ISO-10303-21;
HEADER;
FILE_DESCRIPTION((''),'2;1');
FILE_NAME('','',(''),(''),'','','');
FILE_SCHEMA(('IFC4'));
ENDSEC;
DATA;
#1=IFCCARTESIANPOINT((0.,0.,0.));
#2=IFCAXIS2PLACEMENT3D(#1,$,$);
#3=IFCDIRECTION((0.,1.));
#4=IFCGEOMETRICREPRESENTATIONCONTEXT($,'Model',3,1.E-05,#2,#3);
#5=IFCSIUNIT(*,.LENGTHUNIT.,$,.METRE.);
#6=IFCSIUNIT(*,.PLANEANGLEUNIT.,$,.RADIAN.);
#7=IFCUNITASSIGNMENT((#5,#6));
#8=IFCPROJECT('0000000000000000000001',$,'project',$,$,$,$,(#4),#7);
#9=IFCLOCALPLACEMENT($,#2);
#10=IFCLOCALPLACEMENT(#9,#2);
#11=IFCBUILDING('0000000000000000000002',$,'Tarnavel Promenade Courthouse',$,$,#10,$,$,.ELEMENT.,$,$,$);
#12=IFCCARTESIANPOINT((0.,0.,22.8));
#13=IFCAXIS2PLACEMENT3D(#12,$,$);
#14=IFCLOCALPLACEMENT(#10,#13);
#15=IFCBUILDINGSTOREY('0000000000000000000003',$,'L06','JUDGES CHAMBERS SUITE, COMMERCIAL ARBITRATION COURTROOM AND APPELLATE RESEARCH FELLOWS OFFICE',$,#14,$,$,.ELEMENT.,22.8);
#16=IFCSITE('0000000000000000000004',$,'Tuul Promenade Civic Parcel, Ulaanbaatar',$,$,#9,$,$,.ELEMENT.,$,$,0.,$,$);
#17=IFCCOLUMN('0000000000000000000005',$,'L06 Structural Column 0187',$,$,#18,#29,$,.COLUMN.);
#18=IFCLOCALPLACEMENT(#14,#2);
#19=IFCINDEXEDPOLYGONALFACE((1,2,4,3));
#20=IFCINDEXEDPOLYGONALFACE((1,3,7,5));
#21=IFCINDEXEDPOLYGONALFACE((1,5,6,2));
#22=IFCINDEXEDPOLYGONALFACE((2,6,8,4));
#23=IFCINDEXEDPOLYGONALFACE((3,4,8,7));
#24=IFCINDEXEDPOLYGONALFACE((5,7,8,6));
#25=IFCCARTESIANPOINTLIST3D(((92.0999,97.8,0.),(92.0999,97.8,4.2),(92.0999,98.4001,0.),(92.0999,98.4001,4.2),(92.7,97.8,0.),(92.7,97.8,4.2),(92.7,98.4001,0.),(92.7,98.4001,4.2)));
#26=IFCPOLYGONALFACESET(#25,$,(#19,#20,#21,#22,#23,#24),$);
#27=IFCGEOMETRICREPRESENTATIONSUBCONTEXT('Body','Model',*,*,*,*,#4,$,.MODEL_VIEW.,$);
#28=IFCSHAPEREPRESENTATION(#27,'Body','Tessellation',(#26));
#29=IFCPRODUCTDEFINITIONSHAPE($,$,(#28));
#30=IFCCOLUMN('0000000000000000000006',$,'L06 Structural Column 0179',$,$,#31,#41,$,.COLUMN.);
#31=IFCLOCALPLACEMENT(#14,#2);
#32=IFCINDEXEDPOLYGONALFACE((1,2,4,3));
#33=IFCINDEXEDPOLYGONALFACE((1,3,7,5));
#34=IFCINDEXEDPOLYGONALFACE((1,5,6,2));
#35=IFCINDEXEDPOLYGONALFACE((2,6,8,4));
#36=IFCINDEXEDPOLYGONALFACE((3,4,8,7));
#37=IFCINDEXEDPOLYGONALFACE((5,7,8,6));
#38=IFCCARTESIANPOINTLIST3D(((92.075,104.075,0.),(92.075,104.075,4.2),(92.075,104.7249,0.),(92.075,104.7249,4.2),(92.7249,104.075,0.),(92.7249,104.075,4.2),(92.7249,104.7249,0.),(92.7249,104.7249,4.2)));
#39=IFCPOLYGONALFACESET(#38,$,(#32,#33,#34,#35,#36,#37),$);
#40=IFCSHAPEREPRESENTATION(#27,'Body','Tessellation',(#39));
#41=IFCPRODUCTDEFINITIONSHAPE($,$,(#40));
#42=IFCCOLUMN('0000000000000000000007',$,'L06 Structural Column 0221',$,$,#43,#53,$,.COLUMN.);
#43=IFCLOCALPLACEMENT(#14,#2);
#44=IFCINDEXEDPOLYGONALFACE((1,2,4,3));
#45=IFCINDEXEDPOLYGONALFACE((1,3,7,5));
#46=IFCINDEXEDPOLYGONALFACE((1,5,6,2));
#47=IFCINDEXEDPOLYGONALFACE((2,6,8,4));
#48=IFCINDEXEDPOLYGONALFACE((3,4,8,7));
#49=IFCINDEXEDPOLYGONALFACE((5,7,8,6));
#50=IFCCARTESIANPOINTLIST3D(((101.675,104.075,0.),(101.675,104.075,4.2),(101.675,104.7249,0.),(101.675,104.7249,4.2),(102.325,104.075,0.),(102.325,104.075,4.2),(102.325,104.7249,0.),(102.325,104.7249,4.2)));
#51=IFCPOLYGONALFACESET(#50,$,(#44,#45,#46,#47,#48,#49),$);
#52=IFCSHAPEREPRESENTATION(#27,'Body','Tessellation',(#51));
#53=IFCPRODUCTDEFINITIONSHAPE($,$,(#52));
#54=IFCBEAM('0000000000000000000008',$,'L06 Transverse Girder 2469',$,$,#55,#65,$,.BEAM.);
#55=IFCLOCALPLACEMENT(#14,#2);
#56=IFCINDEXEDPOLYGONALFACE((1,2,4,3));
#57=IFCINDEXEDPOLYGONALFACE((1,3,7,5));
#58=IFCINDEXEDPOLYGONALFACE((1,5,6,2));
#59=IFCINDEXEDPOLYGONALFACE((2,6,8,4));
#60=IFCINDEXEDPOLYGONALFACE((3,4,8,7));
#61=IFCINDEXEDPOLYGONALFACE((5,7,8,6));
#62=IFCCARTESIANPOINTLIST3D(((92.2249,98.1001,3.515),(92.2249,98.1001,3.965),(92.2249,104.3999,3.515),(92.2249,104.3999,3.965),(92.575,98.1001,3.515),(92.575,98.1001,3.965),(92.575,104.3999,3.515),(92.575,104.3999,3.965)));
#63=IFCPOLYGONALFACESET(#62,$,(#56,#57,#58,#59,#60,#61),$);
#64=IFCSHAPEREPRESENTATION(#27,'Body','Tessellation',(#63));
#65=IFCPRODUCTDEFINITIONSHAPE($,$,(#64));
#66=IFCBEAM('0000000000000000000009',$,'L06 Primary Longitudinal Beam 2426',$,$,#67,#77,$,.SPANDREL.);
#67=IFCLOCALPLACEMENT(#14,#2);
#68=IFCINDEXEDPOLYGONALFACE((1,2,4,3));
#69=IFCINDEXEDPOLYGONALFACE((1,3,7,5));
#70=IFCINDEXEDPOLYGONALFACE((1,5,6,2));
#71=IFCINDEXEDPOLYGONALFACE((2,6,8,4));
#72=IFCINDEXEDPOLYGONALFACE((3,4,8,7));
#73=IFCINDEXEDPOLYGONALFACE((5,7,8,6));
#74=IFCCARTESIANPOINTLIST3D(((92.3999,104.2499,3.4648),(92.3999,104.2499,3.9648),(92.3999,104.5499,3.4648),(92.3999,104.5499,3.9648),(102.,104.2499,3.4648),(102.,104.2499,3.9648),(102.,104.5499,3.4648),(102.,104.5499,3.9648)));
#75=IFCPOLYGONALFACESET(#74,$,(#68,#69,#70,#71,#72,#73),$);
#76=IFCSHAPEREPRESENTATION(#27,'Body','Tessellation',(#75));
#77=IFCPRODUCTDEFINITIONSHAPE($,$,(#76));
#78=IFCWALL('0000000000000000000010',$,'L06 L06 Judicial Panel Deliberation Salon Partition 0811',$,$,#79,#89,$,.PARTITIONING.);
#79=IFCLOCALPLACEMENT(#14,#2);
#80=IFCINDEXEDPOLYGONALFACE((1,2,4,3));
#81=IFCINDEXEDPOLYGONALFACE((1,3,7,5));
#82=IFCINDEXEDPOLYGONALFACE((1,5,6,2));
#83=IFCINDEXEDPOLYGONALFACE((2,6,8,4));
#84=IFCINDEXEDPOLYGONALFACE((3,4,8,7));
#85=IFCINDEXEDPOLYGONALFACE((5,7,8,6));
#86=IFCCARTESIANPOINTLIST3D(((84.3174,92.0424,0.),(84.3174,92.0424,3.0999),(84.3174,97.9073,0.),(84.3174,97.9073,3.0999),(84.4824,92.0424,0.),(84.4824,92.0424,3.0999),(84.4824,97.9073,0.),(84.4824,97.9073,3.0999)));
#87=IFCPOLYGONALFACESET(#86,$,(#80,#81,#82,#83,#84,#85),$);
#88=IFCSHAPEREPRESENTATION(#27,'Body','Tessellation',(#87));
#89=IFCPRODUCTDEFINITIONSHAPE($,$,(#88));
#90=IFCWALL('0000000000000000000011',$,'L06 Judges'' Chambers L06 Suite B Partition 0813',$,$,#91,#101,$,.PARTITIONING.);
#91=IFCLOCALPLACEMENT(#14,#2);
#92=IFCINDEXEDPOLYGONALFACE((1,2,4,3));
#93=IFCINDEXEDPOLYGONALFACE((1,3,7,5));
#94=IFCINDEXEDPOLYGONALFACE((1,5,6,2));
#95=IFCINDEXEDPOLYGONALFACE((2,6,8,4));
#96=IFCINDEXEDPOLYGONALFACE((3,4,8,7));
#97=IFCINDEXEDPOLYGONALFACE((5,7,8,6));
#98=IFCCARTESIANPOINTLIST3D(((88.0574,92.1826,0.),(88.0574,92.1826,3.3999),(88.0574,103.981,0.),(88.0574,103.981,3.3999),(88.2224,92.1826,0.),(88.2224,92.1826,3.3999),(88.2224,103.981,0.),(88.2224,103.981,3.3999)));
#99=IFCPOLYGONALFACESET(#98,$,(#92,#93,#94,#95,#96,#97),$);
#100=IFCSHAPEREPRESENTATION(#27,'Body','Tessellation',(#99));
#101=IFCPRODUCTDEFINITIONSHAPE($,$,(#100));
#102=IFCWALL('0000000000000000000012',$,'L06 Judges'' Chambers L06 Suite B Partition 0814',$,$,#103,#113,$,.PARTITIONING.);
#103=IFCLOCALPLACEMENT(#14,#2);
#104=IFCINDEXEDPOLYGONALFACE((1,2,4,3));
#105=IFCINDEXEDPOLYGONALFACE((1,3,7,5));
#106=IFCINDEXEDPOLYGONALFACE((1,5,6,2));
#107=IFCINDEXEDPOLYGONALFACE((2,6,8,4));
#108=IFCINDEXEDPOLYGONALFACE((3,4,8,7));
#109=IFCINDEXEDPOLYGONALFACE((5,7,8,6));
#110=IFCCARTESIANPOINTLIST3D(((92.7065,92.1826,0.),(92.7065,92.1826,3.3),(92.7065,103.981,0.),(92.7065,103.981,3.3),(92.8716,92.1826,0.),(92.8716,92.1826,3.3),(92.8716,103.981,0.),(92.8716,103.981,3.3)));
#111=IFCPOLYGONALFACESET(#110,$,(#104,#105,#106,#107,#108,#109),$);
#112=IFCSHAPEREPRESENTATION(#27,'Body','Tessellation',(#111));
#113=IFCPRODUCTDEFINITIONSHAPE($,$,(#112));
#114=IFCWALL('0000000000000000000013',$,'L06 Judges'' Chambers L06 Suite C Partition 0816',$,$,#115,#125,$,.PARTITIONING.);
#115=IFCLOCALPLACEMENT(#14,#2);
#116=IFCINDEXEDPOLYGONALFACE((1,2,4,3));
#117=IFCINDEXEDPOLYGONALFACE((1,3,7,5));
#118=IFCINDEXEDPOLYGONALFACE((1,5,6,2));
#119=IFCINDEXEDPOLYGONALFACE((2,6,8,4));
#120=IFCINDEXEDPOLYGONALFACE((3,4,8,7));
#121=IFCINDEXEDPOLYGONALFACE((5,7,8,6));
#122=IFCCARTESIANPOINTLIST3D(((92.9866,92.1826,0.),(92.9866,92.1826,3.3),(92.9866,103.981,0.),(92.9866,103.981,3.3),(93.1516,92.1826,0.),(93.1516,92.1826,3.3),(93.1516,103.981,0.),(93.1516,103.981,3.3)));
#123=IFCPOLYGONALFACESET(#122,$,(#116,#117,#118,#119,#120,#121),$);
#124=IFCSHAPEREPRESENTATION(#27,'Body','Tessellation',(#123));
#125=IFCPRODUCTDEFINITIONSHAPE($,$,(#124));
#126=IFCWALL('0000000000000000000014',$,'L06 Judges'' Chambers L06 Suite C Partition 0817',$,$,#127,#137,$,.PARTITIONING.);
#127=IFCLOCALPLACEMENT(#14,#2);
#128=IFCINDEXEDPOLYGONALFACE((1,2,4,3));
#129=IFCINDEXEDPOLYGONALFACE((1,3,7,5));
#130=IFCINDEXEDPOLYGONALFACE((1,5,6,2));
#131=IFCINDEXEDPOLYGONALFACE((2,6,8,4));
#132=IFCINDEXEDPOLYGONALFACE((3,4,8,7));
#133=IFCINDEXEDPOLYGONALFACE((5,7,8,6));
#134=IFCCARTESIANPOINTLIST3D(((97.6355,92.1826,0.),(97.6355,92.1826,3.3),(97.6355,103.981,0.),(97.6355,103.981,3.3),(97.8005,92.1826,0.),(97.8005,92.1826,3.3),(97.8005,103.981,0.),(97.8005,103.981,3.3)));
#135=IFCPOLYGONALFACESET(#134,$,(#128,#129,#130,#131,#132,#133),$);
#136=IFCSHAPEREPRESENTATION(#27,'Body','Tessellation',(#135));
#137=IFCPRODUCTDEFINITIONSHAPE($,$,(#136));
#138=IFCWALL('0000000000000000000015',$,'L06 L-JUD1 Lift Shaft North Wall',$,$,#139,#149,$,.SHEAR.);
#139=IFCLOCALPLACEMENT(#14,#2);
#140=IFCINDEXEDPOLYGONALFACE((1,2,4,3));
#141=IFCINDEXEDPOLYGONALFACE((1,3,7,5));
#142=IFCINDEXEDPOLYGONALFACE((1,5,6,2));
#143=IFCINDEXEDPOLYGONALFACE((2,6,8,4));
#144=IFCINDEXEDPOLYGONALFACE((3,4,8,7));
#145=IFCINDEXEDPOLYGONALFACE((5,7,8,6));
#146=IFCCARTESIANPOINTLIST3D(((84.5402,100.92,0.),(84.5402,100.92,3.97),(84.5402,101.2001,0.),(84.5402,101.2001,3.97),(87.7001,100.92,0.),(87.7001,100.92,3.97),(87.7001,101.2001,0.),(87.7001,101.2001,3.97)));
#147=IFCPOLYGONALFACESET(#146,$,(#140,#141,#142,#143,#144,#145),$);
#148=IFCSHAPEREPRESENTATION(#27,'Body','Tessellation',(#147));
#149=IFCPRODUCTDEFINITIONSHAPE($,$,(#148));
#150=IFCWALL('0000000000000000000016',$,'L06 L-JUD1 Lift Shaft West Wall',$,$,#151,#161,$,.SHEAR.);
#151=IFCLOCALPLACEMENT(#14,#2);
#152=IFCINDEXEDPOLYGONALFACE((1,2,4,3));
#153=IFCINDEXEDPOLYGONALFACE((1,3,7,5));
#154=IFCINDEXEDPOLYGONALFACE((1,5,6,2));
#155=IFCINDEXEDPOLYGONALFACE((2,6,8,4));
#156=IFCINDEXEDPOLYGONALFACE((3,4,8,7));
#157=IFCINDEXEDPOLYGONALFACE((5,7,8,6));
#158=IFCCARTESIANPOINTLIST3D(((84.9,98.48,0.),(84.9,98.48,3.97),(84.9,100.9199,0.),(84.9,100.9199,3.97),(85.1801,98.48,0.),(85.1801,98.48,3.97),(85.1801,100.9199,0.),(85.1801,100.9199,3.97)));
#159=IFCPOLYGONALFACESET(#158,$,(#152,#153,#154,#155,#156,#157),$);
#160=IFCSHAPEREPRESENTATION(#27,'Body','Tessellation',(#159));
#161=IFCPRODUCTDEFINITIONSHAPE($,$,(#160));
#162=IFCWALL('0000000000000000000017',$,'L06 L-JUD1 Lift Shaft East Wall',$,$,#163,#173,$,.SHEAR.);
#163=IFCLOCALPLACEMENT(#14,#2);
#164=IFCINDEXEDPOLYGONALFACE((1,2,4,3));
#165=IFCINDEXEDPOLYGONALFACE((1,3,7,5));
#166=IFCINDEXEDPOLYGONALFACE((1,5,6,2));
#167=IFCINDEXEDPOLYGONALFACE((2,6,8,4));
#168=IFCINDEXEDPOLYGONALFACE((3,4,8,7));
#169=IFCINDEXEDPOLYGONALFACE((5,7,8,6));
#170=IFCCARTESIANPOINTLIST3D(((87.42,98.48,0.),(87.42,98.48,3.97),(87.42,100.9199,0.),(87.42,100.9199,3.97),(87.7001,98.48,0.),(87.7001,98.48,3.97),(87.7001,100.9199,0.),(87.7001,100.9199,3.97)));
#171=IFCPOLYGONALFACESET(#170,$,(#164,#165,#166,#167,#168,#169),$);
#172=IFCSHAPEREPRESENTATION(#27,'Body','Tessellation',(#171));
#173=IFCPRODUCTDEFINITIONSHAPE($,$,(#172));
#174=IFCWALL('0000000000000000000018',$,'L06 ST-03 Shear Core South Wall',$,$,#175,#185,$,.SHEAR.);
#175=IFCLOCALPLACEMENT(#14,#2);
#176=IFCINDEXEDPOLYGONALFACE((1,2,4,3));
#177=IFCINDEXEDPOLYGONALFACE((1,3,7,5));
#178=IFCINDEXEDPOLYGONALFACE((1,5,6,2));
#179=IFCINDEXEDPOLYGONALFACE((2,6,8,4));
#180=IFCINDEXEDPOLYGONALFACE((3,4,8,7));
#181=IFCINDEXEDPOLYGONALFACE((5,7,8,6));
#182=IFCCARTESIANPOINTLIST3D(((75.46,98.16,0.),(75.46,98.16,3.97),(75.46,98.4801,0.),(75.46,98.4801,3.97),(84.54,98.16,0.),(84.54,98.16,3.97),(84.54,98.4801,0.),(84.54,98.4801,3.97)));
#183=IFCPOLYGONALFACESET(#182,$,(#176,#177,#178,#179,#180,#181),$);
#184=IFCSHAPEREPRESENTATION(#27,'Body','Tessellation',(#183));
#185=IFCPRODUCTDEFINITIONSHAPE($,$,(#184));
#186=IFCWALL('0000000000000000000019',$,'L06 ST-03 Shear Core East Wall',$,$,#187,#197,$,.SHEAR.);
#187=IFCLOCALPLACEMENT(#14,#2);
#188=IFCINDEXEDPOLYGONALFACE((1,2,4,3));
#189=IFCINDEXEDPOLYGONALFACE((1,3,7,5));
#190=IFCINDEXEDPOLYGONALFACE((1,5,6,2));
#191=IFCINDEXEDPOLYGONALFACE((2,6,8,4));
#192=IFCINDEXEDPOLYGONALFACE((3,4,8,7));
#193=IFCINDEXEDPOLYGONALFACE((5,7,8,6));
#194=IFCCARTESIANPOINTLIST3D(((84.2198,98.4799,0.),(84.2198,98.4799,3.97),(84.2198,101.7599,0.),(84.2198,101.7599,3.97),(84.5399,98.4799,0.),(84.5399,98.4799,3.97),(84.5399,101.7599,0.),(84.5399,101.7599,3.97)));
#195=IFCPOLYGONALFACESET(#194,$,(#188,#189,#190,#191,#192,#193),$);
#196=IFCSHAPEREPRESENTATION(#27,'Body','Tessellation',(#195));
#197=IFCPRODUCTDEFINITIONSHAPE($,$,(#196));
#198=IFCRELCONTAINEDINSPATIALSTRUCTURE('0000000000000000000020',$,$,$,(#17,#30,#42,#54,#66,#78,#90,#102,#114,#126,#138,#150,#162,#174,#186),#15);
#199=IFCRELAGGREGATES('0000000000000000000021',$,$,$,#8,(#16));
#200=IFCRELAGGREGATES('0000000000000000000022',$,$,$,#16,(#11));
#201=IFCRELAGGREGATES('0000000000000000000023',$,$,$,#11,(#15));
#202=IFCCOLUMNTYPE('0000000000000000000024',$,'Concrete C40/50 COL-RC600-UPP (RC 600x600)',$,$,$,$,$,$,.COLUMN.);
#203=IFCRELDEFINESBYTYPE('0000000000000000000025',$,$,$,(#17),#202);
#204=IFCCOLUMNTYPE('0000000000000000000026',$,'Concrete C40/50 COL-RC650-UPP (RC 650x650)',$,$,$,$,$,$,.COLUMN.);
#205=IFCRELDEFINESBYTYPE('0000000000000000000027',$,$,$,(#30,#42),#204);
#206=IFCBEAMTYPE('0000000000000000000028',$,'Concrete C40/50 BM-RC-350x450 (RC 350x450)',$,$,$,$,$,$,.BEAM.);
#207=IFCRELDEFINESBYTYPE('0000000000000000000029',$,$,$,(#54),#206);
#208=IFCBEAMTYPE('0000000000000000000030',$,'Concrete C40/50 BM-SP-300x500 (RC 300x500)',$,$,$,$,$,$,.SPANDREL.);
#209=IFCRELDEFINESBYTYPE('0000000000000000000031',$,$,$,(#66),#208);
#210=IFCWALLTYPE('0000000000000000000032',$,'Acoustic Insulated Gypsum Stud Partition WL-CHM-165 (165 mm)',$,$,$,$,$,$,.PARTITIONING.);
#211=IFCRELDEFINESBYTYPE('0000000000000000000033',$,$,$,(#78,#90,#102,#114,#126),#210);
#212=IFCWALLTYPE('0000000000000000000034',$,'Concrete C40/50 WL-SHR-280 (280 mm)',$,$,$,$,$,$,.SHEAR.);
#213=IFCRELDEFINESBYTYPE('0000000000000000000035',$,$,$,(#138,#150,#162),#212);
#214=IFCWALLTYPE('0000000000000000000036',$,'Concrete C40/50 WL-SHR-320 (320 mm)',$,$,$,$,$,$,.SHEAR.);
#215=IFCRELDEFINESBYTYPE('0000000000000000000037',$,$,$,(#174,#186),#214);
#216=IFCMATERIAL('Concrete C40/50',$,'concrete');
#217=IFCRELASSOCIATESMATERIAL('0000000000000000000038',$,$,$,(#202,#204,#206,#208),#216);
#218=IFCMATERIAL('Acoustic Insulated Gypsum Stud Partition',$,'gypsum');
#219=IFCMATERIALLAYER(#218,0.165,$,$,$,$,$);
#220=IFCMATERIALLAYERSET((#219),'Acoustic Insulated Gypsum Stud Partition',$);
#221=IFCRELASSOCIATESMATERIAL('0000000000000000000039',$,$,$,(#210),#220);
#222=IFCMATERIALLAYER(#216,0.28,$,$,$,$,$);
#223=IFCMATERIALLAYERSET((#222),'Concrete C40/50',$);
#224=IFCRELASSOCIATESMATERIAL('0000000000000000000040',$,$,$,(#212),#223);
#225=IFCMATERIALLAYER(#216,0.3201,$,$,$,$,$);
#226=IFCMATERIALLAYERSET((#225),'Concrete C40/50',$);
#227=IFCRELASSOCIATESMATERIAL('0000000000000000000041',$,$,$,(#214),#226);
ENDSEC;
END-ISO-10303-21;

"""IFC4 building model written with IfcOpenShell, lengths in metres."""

from ifc_helpers import new_model, si_unit, direction, frame, frame_2d, origin, origin_2d, place, context, subcontext, project, spatial, rectangle, extrude, material, layer, layer_set, material_profile, profile_set, type_object, element, save


model = new_model("IFC4")

# Units and contexts
model_context = context("Model", 3, precision=1e-05, world=origin(), true_north=direction((0.0, 1.0)))
body_context = subcontext(model_context, "Body", "Model", "MODEL_VIEW")
ifc_project = project(units=[si_unit("LENGTHUNIT", "METRE"), si_unit("PLANEANGLEUNIT", "RADIAN")], contexts=[model_context])

# Site, building, storey
site_placement = place(None, origin())
site = spatial("IfcSite", under=ifc_project, at=site_placement, Name="Tuul Promenade Civic Parcel, Ulaanbaatar", CompositionType="ELEMENT", RefElevation=0.0)
building_placement = place(site_placement, origin())
building = spatial("IfcBuilding", under=site, at=building_placement, Name="Tarnavel Promenade Courthouse", CompositionType="ELEMENT")
storey_placement = place(building_placement, frame((0.0, 0.0, 22.8)))
storey = spatial("IfcBuildingStorey", under=building, at=storey_placement, Name="L06", Description="JUDGES CHAMBERS SUITE, COMMERCIAL ARBITRATION COURTROOM AND APPELLATE RESEARCH FELLOWS OFFICE", CompositionType="ELEMENT", Elevation=22.8)

# Columns
ifc_material_1 = material(Name="Concrete C40/50", Category="concrete")
ifc_material_profile_1 = material_profile(ifc_material_1, rectangle(XDim=0.6001, YDim=0.6001, at=origin_2d()), Name="RC 600x600")
ifc_profile_set_1 = profile_set([ifc_material_profile_1], Name="Concrete C40/50")
column_type_1 = type_object("IfcColumnType", Name="Concrete C40/50 COL-RC600-UPP (RC 600x600)", PredefinedType="COLUMN", material=ifc_profile_set_1)
column_placement = place(storey_placement, frame((92.3999, 98.1001, 0.0), z_axis=(0.0, 0.0, 1.0), x_axis=(1.0, 0.0, 0.0)))
element("IfcColumn", 1, at=column_placement, inside=storey, type_object=column_type_1, Name="L06 Structural Column 0187", PredefinedType="COLUMN", context=body_context, shape_type="SweptSolid", body=[
    extrude(rectangle(XDim=0.6001, YDim=0.6001, at=origin_2d()), origin(), (0.0, 0.0, 1.0), 4.2),
])
ifc_material_profile_2 = material_profile(ifc_material_1, rectangle(XDim=0.6499, YDim=0.6499, at=origin_2d()), Name="RC 650x650")
ifc_profile_set_2 = profile_set([ifc_material_profile_2], Name="Concrete C40/50")
column_type_2 = type_object("IfcColumnType", Name="Concrete C40/50 COL-RC650-UPP (RC 650x650)", PredefinedType="COLUMN", material=ifc_profile_set_2)
for number, where, z_axis, x_axis, name in (
    (2, (92.3999, 104.3999, 0.0), (0.0, 0.0, 1.0), (1.0, 0.0, 0.0), "L06 Structural Column 0179"),
    (3, (102.0, 104.3999, 0.0), (0.0, 0.0, 1.0), (1.0, 0.0, 0.0), "L06 Structural Column 0221"),
):
    element("IfcColumn", number, at=place(storey_placement, frame(where, z_axis=z_axis, x_axis=x_axis)), inside=storey, type_object=column_type_2, Name=name, PredefinedType="COLUMN", context=body_context, shape_type="SweptSolid", body=[
        extrude(rectangle(XDim=0.6499, YDim=0.6499, at=origin_2d()), origin(), (0.0, 0.0, 1.0), 4.2),
    ])

# Beams
ifc_material_profile_3 = material_profile(ifc_material_1, rectangle(XDim=0.3501, YDim=0.45, at=origin_2d()), Name="RC 350x450")
ifc_profile_set_3 = profile_set([ifc_material_profile_3], Name="Concrete C40/50")
beam_type_1 = type_object("IfcBeamType", Name="Concrete C40/50 BM-RC-350x450 (RC 350x450)", PredefinedType="BEAM", material=ifc_profile_set_3)
beam_1_placement = place(storey_placement, frame((92.3999, 98.1001, 3.74), z_axis=(0.0, 1.0, 0.0), x_axis=(-1.0, 0.0, 0.0)))
element("IfcBeam", 4, at=beam_1_placement, inside=storey, type_object=beam_type_1, Name="L06 Transverse Girder 2469", PredefinedType="BEAM", context=body_context, shape_type="SweptSolid", body=[
    extrude(rectangle(XDim=0.3501, YDim=0.45, at=origin_2d()), origin(), (0.0, 0.0, 1.0), 6.2998),
])
ifc_material_profile_4 = material_profile(ifc_material_1, rectangle(XDim=0.3, YDim=0.5, at=origin_2d()), Name="RC 300x500")
ifc_profile_set_4 = profile_set([ifc_material_profile_4], Name="Concrete C40/50")
beam_type_2 = type_object("IfcBeamType", Name="Concrete C40/50 BM-SP-300x500 (RC 300x500)", PredefinedType="SPANDREL", material=ifc_profile_set_4)
beam_2_placement = place(storey_placement, frame((92.3999, 104.3999, 3.7148), z_axis=(1.0, 0.0, 0.0), x_axis=(0.0, 1.0, 0.0)))
element("IfcBeam", 5, at=beam_2_placement, inside=storey, type_object=beam_type_2, Name="L06 Primary Longitudinal Beam 2426", PredefinedType="SPANDREL", context=body_context, shape_type="SweptSolid", body=[
    extrude(rectangle(XDim=0.3, YDim=0.5, at=origin_2d()), origin(), (0.0, 0.0, 1.0), 9.6001),
])

# Walls
ifc_material_2 = material(Name="Acoustic Insulated Gypsum Stud Partition", Category="gypsum")
ifc_layer_1 = layer(ifc_material_2, 0.165)
ifc_layer_set_1 = layer_set([ifc_layer_1], Name="Acoustic Insulated Gypsum Stud Partition")
wall_type_1 = type_object("IfcWallType", Name="Acoustic Insulated Gypsum Stud Partition WL-CHM-165 (165 mm)", PredefinedType="PARTITIONING", material=ifc_layer_set_1)
wall_1_placement = place(storey_placement, frame((84.3999, 97.9075, 0.0), z_axis=(0.0, 0.0, 1.0), x_axis=(0.0, -1.0, 0.0)))
element("IfcWall", 6, at=wall_1_placement, inside=storey, type_object=wall_type_1, Name="L06 L06 Judicial Panel Deliberation Salon Partition 0811", PredefinedType="PARTITIONING", context=body_context, shape_type="SweptSolid", body=[
    extrude(rectangle(XDim=5.865, YDim=0.165, at=frame_2d((2.9326, 0.0))), origin(), (0.0, 0.0, 1.0), 3.0999),
])
wall_2_placement = place(storey_placement, frame((88.1399, 92.1826, 0.0), z_axis=(0.0, 0.0, 1.0), x_axis=(0.0, 1.0, 0.0)))
element("IfcWall", 7, at=wall_2_placement, inside=storey, type_object=wall_type_1, Name="L06 Judges' Chambers L06 Suite B Partition 0813", PredefinedType="PARTITIONING", context=body_context, shape_type="SweptSolid", body=[
    extrude(rectangle(XDim=11.7983, YDim=0.165, at=frame_2d((5.8992, 0.0))), origin(), (0.0, 0.0, 1.0), 3.3999),
])
for number, where, z_axis, x_axis, name in (
    (8, (92.7891, 103.981, 0.0), (0.0, 0.0, 1.0), (0.0, -1.0, 0.0), "L06 Judges' Chambers L06 Suite B Partition 0814"),
    (9, (93.0691, 92.1826, 0.0), (0.0, 0.0, 1.0), (0.0, 1.0, 0.0), "L06 Judges' Chambers L06 Suite C Partition 0816"),
    (10, (97.718, 103.981, 0.0), (0.0, 0.0, 1.0), (0.0, -1.0, 0.0), "L06 Judges' Chambers L06 Suite C Partition 0817"),
):
    element("IfcWall", number, at=place(storey_placement, frame(where, z_axis=z_axis, x_axis=x_axis)), inside=storey, type_object=wall_type_1, Name=name, PredefinedType="PARTITIONING", context=body_context, shape_type="SweptSolid", body=[
        extrude(rectangle(XDim=11.7983, YDim=0.165, at=frame_2d((5.8992, 0.0))), origin(), (0.0, 0.0, 1.0), 3.3),
    ])
ifc_layer_2 = layer(ifc_material_1, 0.28)
ifc_layer_set_2 = layer_set([ifc_layer_2], Name="Concrete C40/50")
wall_type_2 = type_object("IfcWallType", Name="Concrete C40/50 WL-SHR-280 (280 mm)", PredefinedType="SHEAR", material=ifc_layer_set_2)
wall_3_placement = place(storey_placement, frame((84.54, 101.0601, 0.0), z_axis=(0.0, 0.0, 1.0), x_axis=(1.0, 0.0, 0.0)))
element("IfcWall", 11, at=wall_3_placement, inside=storey, type_object=wall_type_2, Name="L06 L-JUD1 Lift Shaft North Wall", PredefinedType="SHEAR", context=body_context, shape_type="SweptSolid", body=[
    extrude(rectangle(XDim=3.1599, YDim=0.28, at=frame_2d((1.5801, 0.0))), origin(), (0.0, 0.0, 1.0), 3.97),
])

# Walls
for number, where, z_axis, x_axis, name in (
    (12, (85.04, 98.48, 0.0), (0.0, 0.0, 1.0), (0.0, 1.0, 0.0), "L06 L-JUD1 Lift Shaft West Wall"),
    (13, (87.5601, 100.9199, 0.0), (0.0, 0.0, 1.0), (0.0, -1.0, 0.0), "L06 L-JUD1 Lift Shaft East Wall"),
):
    element("IfcWall", number, at=place(storey_placement, frame(where, z_axis=z_axis, x_axis=x_axis)), inside=storey, type_object=wall_type_2, Name=name, PredefinedType="SHEAR", context=body_context, shape_type="SweptSolid", body=[
        extrude(rectangle(XDim=2.4399, YDim=0.28, at=frame_2d((1.22, 0.0))), origin(), (0.0, 0.0, 1.0), 3.97),
    ])
ifc_layer_3 = layer(ifc_material_1, 0.3201)
ifc_layer_set_3 = layer_set([ifc_layer_3], Name="Concrete C40/50")
wall_type_3 = type_object("IfcWallType", Name="Concrete C40/50 WL-SHR-320 (320 mm)", PredefinedType="SHEAR", material=ifc_layer_set_3)
wall_4_placement = place(storey_placement, frame((84.54, 98.3201, 0.0), z_axis=(0.0, 0.0, 1.0), x_axis=(-1.0, 0.0, 0.0)))
element("IfcWall", 14, at=wall_4_placement, inside=storey, type_object=wall_type_3, Name="L06 ST-03 Shear Core South Wall", PredefinedType="SHEAR", context=body_context, shape_type="SweptSolid", body=[
    extrude(rectangle(XDim=9.0801, YDim=0.3201, at=frame_2d((4.54, 0.0))), origin(), (0.0, 0.0, 1.0), 3.97),
])
wall_5_placement = place(storey_placement, frame((84.3799, 101.76, 0.0), z_axis=(0.0, 0.0, 1.0), x_axis=(0.0, -1.0, 0.0)))
element("IfcWall", 15, at=wall_5_placement, inside=storey, type_object=wall_type_3, Name="L06 ST-03 Shear Core East Wall", PredefinedType="SHEAR", context=body_context, shape_type="SweptSolid", body=[
    extrude(rectangle(XDim=3.28, YDim=0.3201, at=frame_2d((1.6401, 0.0))), origin(), (0.0, 0.0, 1.0), 3.97),
])

save(model, "model.ifc")
